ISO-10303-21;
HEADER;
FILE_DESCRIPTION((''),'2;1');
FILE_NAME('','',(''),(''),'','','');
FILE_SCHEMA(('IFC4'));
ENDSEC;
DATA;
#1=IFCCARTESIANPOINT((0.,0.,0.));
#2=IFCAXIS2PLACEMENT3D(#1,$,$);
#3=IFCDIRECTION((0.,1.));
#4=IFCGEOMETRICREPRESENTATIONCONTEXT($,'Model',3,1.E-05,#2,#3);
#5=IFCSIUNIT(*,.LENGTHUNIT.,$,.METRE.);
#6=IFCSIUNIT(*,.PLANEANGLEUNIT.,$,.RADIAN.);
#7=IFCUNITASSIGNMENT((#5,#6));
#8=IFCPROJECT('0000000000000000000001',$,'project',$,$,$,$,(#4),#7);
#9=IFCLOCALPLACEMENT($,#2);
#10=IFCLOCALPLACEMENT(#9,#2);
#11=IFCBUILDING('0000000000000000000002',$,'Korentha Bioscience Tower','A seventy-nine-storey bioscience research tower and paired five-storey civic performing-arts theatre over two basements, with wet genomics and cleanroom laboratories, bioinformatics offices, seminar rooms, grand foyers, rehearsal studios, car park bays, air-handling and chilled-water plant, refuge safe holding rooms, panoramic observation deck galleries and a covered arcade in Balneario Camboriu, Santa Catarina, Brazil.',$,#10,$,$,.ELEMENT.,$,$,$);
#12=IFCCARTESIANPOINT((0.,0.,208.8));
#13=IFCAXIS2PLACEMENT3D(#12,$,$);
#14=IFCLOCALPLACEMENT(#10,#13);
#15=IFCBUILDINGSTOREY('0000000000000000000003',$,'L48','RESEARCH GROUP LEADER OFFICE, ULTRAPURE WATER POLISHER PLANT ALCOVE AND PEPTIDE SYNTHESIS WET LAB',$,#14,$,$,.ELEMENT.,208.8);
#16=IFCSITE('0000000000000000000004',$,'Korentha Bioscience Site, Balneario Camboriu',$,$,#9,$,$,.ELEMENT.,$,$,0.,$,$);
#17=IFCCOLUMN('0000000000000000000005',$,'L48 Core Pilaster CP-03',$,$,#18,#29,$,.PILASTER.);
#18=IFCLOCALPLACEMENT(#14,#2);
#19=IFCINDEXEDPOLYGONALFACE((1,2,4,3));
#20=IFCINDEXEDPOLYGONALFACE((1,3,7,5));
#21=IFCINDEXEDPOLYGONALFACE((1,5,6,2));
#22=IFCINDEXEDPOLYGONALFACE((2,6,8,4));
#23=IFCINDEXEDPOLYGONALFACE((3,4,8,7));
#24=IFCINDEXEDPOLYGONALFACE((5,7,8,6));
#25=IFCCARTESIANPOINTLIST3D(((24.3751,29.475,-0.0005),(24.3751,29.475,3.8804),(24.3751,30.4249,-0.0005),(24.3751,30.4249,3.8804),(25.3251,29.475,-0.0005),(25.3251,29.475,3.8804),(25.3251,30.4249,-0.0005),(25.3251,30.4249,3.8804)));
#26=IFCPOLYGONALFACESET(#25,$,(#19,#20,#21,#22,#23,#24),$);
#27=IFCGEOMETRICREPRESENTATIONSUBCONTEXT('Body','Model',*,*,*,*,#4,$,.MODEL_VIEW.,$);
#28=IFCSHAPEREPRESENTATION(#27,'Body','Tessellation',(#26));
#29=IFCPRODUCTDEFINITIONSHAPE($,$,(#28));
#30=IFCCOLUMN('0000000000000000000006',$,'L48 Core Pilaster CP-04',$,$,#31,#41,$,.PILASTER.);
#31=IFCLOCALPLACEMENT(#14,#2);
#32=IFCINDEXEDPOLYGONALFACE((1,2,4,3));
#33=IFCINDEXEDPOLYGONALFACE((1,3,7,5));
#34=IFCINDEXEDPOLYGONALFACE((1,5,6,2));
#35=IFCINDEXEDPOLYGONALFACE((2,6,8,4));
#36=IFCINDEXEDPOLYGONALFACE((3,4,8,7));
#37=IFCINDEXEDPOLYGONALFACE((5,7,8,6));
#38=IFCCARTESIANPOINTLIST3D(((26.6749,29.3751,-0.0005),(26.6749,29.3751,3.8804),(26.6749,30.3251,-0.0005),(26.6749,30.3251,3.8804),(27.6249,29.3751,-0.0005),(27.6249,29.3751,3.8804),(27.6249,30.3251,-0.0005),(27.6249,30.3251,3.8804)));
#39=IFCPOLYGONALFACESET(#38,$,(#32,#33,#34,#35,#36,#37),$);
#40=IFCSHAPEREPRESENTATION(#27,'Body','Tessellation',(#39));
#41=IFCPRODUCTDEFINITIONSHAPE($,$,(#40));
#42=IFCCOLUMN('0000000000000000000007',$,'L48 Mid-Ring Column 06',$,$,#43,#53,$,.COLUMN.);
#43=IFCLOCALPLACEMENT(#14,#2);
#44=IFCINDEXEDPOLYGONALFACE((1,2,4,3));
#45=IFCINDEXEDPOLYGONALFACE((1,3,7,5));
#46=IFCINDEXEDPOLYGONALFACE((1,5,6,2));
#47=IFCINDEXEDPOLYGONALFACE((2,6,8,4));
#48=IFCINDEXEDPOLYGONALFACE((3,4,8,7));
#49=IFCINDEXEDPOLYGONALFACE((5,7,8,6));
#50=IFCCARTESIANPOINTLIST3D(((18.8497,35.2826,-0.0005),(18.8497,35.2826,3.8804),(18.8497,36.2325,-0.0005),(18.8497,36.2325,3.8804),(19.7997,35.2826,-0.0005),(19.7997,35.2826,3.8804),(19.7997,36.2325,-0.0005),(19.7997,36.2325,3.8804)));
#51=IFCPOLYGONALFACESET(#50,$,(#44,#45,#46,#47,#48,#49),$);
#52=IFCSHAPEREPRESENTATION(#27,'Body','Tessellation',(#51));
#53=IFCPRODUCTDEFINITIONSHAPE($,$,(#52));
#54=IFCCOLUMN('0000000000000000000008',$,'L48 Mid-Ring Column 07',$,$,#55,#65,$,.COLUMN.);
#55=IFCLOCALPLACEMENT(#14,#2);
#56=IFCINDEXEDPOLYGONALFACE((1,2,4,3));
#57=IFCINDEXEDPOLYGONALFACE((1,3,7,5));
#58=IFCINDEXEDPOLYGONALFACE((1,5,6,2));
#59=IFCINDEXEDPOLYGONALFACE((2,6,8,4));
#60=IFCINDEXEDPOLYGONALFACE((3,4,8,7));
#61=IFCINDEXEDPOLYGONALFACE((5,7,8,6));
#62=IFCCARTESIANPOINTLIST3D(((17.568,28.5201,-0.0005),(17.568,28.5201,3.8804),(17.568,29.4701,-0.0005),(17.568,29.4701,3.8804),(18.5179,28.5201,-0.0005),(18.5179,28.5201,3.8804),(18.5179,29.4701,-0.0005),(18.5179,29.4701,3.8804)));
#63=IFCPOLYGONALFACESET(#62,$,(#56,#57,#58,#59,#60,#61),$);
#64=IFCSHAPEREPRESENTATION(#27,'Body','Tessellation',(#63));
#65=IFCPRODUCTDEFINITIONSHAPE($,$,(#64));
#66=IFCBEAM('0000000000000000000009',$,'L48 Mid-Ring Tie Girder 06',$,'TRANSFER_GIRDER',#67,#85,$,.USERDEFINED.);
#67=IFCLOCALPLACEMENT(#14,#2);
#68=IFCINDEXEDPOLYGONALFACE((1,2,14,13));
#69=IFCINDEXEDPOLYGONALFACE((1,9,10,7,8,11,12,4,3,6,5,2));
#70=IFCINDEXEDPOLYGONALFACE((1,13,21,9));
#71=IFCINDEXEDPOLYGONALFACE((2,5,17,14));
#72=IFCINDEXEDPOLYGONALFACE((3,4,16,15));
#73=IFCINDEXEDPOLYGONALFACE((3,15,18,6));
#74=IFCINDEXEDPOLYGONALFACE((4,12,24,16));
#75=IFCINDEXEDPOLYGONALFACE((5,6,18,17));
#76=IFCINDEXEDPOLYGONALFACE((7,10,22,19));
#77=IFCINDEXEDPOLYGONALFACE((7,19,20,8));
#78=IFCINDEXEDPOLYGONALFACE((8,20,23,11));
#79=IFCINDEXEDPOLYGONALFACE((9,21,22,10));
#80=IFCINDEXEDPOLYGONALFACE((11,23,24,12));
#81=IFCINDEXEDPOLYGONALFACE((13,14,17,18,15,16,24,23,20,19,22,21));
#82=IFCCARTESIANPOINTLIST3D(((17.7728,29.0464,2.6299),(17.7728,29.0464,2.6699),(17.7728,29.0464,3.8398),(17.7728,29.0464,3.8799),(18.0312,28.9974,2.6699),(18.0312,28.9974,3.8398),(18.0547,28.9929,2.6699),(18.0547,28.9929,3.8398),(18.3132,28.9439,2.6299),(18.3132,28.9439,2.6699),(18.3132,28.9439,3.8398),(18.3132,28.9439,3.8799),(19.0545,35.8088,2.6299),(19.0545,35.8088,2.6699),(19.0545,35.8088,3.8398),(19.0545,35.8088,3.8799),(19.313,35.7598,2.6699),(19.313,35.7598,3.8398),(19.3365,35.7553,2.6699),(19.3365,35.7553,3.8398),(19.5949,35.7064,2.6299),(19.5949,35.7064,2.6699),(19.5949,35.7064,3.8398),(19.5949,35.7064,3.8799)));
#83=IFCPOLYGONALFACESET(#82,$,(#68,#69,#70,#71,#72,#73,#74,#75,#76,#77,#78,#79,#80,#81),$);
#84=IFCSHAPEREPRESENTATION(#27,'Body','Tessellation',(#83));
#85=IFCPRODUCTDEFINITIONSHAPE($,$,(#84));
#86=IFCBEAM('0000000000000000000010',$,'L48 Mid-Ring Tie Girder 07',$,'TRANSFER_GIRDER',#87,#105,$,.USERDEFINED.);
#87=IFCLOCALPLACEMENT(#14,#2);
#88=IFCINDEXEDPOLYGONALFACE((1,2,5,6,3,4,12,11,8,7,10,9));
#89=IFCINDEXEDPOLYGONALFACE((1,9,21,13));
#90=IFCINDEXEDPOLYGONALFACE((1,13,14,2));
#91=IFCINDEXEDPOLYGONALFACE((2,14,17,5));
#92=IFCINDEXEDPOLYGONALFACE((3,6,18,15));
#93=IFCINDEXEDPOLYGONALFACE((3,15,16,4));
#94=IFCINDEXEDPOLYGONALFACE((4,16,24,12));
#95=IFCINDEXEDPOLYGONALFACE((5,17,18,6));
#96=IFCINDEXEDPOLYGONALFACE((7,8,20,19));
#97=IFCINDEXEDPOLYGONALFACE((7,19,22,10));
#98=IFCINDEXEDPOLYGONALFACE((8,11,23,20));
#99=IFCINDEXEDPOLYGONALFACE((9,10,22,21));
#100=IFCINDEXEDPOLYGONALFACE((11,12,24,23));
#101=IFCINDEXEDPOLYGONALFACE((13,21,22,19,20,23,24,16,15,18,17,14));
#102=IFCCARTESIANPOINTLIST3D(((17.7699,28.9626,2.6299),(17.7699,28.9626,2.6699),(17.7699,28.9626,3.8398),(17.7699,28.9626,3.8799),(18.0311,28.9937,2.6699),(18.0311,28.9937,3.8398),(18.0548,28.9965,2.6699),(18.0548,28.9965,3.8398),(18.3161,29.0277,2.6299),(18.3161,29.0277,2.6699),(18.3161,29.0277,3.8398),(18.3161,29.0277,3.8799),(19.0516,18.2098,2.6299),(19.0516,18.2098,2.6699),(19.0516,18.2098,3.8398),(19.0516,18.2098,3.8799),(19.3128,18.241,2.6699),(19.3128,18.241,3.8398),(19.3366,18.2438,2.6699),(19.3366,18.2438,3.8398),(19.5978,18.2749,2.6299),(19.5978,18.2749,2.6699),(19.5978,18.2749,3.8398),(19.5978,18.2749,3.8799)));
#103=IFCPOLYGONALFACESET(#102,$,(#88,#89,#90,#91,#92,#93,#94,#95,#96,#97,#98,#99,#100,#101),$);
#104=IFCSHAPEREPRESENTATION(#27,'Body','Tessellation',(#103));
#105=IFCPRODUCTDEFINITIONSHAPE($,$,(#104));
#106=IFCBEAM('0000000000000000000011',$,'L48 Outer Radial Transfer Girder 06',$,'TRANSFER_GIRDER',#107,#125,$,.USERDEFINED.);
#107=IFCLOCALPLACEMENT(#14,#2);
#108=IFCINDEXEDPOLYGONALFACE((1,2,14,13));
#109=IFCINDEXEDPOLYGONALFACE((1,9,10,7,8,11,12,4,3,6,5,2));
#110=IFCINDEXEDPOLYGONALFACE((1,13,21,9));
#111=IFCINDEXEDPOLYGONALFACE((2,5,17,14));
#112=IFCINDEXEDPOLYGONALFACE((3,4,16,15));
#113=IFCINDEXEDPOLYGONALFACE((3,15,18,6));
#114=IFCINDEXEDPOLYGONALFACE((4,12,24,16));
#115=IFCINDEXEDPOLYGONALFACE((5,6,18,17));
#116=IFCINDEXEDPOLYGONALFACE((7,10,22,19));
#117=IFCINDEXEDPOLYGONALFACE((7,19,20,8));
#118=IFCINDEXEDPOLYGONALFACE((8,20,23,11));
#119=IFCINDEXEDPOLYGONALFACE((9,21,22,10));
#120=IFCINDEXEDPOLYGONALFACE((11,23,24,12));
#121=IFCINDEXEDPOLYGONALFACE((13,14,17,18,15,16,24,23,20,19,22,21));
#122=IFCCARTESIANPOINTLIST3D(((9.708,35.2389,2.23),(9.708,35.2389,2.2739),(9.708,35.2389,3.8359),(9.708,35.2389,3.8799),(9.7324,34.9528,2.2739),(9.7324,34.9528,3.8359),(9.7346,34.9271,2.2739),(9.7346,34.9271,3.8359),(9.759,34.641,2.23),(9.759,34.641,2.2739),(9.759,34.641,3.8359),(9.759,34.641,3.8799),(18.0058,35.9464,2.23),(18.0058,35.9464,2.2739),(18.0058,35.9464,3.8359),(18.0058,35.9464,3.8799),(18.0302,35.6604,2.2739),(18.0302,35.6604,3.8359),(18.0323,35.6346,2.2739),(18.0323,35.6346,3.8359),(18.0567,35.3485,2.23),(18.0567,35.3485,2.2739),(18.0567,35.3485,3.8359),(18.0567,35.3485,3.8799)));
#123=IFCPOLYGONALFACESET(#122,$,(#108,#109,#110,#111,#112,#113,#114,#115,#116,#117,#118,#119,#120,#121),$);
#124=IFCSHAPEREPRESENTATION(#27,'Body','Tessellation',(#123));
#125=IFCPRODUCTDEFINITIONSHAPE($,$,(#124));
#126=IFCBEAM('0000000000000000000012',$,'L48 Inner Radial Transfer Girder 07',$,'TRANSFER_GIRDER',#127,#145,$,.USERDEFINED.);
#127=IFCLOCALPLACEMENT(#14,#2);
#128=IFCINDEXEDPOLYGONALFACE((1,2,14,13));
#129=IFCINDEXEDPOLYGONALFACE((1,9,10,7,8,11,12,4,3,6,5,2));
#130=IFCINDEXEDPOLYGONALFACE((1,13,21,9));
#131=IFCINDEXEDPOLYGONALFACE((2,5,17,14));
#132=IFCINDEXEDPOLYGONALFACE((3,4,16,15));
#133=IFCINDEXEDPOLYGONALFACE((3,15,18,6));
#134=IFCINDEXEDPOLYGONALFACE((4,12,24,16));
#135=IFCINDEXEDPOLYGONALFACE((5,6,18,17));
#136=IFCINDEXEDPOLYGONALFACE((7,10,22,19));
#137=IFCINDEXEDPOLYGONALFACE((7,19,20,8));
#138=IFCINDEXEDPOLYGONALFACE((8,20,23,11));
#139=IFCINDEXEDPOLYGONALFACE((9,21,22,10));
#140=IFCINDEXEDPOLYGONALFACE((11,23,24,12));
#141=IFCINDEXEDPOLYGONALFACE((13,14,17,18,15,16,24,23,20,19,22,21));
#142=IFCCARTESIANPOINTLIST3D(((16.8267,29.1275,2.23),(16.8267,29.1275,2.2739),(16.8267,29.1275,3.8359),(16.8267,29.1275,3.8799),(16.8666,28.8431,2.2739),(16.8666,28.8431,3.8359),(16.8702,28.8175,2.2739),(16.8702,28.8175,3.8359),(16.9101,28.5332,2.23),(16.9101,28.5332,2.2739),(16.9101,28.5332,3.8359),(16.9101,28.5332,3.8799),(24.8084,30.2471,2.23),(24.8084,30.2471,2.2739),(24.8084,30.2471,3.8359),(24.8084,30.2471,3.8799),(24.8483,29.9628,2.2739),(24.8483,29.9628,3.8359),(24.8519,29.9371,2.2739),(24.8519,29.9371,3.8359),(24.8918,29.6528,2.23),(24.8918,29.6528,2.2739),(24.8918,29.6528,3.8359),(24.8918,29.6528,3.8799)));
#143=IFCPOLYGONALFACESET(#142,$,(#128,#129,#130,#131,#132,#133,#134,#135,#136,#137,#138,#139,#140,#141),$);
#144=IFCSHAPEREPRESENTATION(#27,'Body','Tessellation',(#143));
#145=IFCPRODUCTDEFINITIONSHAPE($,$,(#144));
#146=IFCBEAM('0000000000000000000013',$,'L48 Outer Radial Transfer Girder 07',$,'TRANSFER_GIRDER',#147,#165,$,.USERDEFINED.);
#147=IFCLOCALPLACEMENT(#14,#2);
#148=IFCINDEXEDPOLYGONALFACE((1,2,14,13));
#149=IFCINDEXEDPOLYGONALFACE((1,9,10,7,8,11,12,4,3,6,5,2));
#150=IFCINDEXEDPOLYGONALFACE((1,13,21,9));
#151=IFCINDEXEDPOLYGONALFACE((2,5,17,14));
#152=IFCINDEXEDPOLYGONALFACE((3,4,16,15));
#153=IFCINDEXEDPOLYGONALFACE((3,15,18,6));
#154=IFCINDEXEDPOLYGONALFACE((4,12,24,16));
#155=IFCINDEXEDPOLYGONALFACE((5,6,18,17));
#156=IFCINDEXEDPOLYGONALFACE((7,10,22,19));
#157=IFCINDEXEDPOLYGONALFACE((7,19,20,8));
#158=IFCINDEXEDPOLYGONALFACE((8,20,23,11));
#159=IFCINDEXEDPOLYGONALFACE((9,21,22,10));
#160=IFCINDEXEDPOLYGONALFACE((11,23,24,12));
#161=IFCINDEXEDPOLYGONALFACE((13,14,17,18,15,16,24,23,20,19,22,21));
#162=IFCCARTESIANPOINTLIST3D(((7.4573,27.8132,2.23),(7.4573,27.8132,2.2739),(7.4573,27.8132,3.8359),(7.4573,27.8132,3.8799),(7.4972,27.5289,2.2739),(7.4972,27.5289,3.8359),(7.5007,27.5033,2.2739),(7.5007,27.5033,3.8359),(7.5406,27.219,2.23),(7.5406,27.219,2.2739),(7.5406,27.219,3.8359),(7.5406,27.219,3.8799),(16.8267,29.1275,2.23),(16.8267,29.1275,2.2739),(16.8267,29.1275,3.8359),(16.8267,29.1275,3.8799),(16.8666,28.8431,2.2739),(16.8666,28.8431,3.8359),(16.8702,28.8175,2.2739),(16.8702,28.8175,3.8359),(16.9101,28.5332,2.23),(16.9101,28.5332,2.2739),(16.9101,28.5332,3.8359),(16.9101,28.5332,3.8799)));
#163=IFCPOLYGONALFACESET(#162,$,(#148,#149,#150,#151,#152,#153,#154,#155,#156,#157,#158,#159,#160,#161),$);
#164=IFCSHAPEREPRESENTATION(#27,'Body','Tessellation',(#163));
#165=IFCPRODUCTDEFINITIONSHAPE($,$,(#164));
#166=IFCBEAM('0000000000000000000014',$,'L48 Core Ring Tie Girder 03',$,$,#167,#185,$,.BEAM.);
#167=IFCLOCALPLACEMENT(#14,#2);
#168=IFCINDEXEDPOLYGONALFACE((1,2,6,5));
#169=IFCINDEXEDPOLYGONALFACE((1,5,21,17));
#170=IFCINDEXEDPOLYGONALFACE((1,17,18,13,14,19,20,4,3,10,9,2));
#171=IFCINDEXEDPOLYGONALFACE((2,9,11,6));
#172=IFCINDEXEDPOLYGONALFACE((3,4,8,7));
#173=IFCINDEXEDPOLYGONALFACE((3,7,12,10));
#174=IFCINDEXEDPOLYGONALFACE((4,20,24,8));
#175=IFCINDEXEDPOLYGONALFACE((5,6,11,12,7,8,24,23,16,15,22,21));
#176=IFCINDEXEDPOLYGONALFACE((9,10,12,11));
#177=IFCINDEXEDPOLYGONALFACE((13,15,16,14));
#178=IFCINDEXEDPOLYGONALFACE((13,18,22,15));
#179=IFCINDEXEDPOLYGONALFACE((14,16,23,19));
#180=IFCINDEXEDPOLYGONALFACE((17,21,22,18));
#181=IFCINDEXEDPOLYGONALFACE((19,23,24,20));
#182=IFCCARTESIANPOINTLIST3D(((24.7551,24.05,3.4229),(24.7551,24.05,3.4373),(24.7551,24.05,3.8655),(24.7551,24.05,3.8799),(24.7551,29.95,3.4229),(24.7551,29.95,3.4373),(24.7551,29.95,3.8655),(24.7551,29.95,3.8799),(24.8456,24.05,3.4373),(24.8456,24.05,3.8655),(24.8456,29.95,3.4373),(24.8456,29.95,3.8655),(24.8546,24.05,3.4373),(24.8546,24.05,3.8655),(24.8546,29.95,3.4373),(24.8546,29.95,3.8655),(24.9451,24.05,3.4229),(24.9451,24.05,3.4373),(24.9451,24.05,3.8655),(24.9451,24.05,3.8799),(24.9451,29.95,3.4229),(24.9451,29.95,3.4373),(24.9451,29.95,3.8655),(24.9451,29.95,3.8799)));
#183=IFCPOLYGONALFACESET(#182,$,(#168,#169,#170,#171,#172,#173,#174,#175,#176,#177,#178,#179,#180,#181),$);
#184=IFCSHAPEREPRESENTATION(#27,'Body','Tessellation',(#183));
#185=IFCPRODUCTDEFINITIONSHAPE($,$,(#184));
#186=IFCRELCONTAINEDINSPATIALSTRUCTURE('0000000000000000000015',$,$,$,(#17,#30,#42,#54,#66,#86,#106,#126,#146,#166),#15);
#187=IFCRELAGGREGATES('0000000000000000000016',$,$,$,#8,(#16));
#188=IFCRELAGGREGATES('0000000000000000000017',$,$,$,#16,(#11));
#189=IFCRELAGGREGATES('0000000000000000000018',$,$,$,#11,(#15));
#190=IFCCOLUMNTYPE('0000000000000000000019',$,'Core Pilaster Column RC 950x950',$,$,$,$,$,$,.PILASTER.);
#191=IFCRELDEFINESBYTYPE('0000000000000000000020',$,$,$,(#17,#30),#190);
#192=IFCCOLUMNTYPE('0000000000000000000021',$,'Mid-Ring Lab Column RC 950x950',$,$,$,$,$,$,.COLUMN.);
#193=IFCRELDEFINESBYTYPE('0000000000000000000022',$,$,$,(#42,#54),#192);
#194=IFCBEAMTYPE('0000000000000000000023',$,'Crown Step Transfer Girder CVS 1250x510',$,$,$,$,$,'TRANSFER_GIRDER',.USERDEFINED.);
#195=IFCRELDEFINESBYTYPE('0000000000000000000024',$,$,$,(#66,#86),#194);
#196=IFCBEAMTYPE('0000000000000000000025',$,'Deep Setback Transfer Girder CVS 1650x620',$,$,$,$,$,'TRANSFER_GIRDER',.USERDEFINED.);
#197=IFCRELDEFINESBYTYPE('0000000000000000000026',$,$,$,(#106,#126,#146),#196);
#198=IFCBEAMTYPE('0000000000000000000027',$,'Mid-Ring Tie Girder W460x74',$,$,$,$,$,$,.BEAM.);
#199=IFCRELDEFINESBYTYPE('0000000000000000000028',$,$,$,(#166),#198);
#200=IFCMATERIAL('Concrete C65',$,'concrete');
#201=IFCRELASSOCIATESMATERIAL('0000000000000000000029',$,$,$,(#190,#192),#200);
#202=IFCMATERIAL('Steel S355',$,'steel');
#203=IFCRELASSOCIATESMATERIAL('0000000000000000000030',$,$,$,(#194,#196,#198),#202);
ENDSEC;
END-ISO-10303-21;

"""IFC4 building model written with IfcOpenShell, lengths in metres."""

from ifc_helpers import new_model, si_unit, direction, frame, origin, origin_2d, place, context, subcontext, project, spatial, rectangle, i_section, extrude, material, material_profile, profile_set, type_object, element, save


model = new_model("IFC4")

# Units and contexts
model_context = context("Model", 3, precision=1e-05, world=origin(), true_north=direction((0.0, 1.0)))
body_context = subcontext(model_context, "Body", "Model", "MODEL_VIEW")
ifc_project = project(units=[si_unit("LENGTHUNIT", "METRE"), si_unit("PLANEANGLEUNIT", "RADIAN")], contexts=[model_context])

# Site, building, storey
site_placement = place(None, origin())
site = spatial("IfcSite", under=ifc_project, at=site_placement, Name="Korentha Bioscience Site, Balneario Camboriu", CompositionType="ELEMENT", RefElevation=0.0)
building_placement = place(site_placement, origin())
building = spatial("IfcBuilding", under=site, at=building_placement, Name="Korentha Bioscience Tower", Description="A seventy-nine-storey bioscience research tower and paired five-storey civic performing-arts theatre over two basements, with wet genomics and cleanroom laboratories, bioinformatics offices, seminar rooms, grand foyers, rehearsal studios, car park bays, air-handling and chilled-water plant, refuge safe holding rooms, panoramic observation deck galleries and a covered arcade in Balneario Camboriu, Santa Catarina, Brazil.", CompositionType="ELEMENT")
storey_placement = place(building_placement, frame((0.0, 0.0, 208.8)))
storey = spatial("IfcBuildingStorey", under=building, at=storey_placement, Name="L48", Description="RESEARCH GROUP LEADER OFFICE, ULTRAPURE WATER POLISHER PLANT ALCOVE AND PEPTIDE SYNTHESIS WET LAB", CompositionType="ELEMENT", Elevation=208.8)

# Columns
ifc_material_1 = material(Name="Concrete C65", Category="concrete")
ifc_material_profile_1 = material_profile(ifc_material_1, rectangle(XDim=0.95, YDim=0.95, at=origin_2d()), Name="Concrete C65")
ifc_profile_set_1 = profile_set([ifc_material_profile_1], Name="Concrete C65 (COL-CP09)")
column_type_1 = type_object("IfcColumnType", Name="Core Pilaster Column RC 950x950", PredefinedType="PILASTER", material=ifc_profile_set_1)
for number, where, z_axis, x_axis, name in (
    (1, (24.8501, 29.95, -0.0005), (0.0, 0.0, 1.0), (1.0, 0.0, 0.0), "L48 Core Pilaster CP-03"),
    (2, (27.1499, 29.8501, -0.0005), (0.0, 0.0, 1.0), (1.0, 0.0, 0.0), "L48 Core Pilaster CP-04"),
):
    element("IfcColumn", number, at=place(storey_placement, frame(where, z_axis=z_axis, x_axis=x_axis)), inside=storey, type_object=column_type_1, Name=name, PredefinedType="PILASTER", context=body_context, shape_type="SweptSolid", body=[
        extrude(rectangle(XDim=0.95, YDim=0.95, at=origin_2d()), origin(), (0.0, 0.0, 1.0), 3.8809),
    ])
ifc_material_profile_2 = material_profile(ifc_material_1, rectangle(XDim=0.95, YDim=0.95, at=origin_2d()), Name="Concrete C65")
ifc_profile_set_2 = profile_set([ifc_material_profile_2], Name="Concrete C65 (COL-MR09)")
column_type_2 = type_object("IfcColumnType", Name="Mid-Ring Lab Column RC 950x950", PredefinedType="COLUMN", material=ifc_profile_set_2)
for number, where, z_axis, x_axis, name in (
    (3, (19.3247, 35.7576, -0.0005), (0.0, 0.0, 1.0), (1.0, 0.0, 0.0), "L48 Mid-Ring Column 06"),
    (4, (18.043, 28.9951, -0.0005), (0.0, 0.0, 1.0), (1.0, 0.0, 0.0), "L48 Mid-Ring Column 07"),
):
    element("IfcColumn", number, at=place(storey_placement, frame(where, z_axis=z_axis, x_axis=x_axis)), inside=storey, type_object=column_type_2, Name=name, PredefinedType="COLUMN", context=body_context, shape_type="SweptSolid", body=[
        extrude(rectangle(XDim=0.95, YDim=0.95, at=origin_2d()), origin(), (0.0, 0.0, 1.0), 3.8809),
    ])

# Beams
ifc_material_2 = material(Name="Steel S355", Category="steel")
ifc_material_profile_3 = material_profile(ifc_material_2, i_section(OverallWidth=0.55, OverallDepth=1.25, WebThickness=0.0239, FlangeThickness=0.04, at=origin_2d()), Name="Steel S355")
ifc_profile_set_3 = profile_set([ifc_material_profile_3], Name="Steel S355 (TG-03)")
beam_type_1 = type_object("IfcBeamType", Name="Crown Step Transfer Girder CVS 1250x510", ElementType="TRANSFER_GIRDER", PredefinedType="USERDEFINED", material=ifc_profile_set_3)
beam_1_placement = place(storey_placement, frame((19.3247, 35.7576, 3.2549), z_axis=(-0.186222, -0.982508, 0.0), x_axis=(0.982508, -0.186222, 0.0)))
element("IfcBeam", 5, at=beam_1_placement, inside=storey, type_object=beam_type_1, Name="L48 Mid-Ring Tie Girder 06", ObjectType="TRANSFER_GIRDER", PredefinedType="USERDEFINED", context=body_context, shape_type="SweptSolid", body=[
    extrude(i_section(OverallWidth=0.55, OverallDepth=1.25, WebThickness=0.0239, FlangeThickness=0.04, at=origin_2d()), origin(), (0.0, 0.0, 1.0), 6.8828),
])
beam_2_placement = place(storey_placement, frame((18.043, 28.9951, 3.2549), z_axis=(0.118364, -0.99297, 0.0), x_axis=(0.99297, 0.118364, 0.0)))
element("IfcBeam", 6, at=beam_2_placement, inside=storey, type_object=beam_type_1, Name="L48 Mid-Ring Tie Girder 07", ObjectType="TRANSFER_GIRDER", PredefinedType="USERDEFINED", context=body_context, shape_type="SweptSolid", body=[
    extrude(i_section(OverallWidth=0.55, OverallDepth=1.25, WebThickness=0.0239, FlangeThickness=0.04, at=origin_2d()), origin(), (0.0, 0.0, 1.0), 10.8289),
])
ifc_material_profile_4 = material_profile(ifc_material_2, i_section(OverallWidth=0.6001, OverallDepth=1.6499, WebThickness=0.0259, FlangeThickness=0.0439, at=origin_2d()), Name="Steel S355")
ifc_profile_set_4 = profile_set([ifc_material_profile_4], Name="Steel S355 (TG-04)")
beam_type_2 = type_object("IfcBeamType", Name="Deep Setback Transfer Girder CVS 1650x620", ElementType="TRANSFER_GIRDER", PredefinedType="USERDEFINED", material=ifc_profile_set_4)
beam_3_placement = place(storey_placement, frame((18.0312, 35.6475, 3.0549), z_axis=(-0.996385, -0.084957, 0.0), x_axis=(0.084957, -0.996385, 0.0)))
element("IfcBeam", 7, at=beam_3_placement, inside=storey, type_object=beam_type_2, Name="L48 Outer Radial Transfer Girder 06", ObjectType="TRANSFER_GIRDER", PredefinedType="USERDEFINED", context=body_context, shape_type="SweptSolid", body=[
    extrude(i_section(OverallWidth=0.6001, OverallDepth=1.6499, WebThickness=0.0259, FlangeThickness=0.0439, at=origin_2d()), origin(), (0.0, 0.0, 1.0), 8.3279),
])
beam_4_placement = place(storey_placement, frame((24.8501, 29.95, 3.0549), z_axis=(-0.990304, -0.138915, 0.0), x_axis=(0.138915, -0.990304, 0.0)))
element("IfcBeam", 8, at=beam_4_placement, inside=storey, type_object=beam_type_2, Name="L48 Inner Radial Transfer Girder 07", ObjectType="TRANSFER_GIRDER", PredefinedType="USERDEFINED", context=body_context, shape_type="SweptSolid", body=[
    extrude(i_section(OverallWidth=0.6001, OverallDepth=1.6499, WebThickness=0.0259, FlangeThickness=0.0439, at=origin_2d()), origin(), (0.0, 0.0, 1.0), 8.0598),
])
beam_5_placement = place(storey_placement, frame((16.8684, 28.8303, 3.0549), z_axis=(-0.990306, -0.138906, 0.0), x_axis=(0.138906, -0.990306, 0.0)))
element("IfcBeam", 9, at=beam_5_placement, inside=storey, type_object=beam_type_2, Name="L48 Outer Radial Transfer Girder 07", ObjectType="TRANSFER_GIRDER", PredefinedType="USERDEFINED", context=body_context, shape_type="SweptSolid", body=[
    extrude(i_section(OverallWidth=0.6001, OverallDepth=1.6499, WebThickness=0.0259, FlangeThickness=0.0439, at=origin_2d()), origin(), (0.0, 0.0, 1.0), 9.4612),
])
ifc_material_profile_5 = material_profile(ifc_material_2, i_section(OverallWidth=0.1899, OverallDepth=0.457, WebThickness=0.009, FlangeThickness=0.0144, at=origin_2d()), Name="Steel S355")
ifc_profile_set_5 = profile_set([ifc_material_profile_5], Name="Steel S355 (MB-460)")
beam_type_3 = type_object("IfcBeamType", Name="Mid-Ring Tie Girder W460x74", PredefinedType="BEAM", material=ifc_profile_set_5)
beam_6_placement = place(storey_placement, frame((24.8501, 29.95, 3.6514), z_axis=(0.0, -1.0, 0.0), x_axis=(1.0, 0.0, 0.0)))
element("IfcBeam", 10, at=beam_6_placement, inside=storey, type_object=beam_type_3, Name="L48 Core Ring Tie Girder 03", PredefinedType="BEAM", context=body_context, shape_type="SweptSolid", body=[
    extrude(i_section(OverallWidth=0.1899, OverallDepth=0.457, WebThickness=0.009, FlangeThickness=0.0144, at=origin_2d()), origin(), (0.0, 0.0, 1.0), 5.8999),
])

save(model, "model.ifc")
